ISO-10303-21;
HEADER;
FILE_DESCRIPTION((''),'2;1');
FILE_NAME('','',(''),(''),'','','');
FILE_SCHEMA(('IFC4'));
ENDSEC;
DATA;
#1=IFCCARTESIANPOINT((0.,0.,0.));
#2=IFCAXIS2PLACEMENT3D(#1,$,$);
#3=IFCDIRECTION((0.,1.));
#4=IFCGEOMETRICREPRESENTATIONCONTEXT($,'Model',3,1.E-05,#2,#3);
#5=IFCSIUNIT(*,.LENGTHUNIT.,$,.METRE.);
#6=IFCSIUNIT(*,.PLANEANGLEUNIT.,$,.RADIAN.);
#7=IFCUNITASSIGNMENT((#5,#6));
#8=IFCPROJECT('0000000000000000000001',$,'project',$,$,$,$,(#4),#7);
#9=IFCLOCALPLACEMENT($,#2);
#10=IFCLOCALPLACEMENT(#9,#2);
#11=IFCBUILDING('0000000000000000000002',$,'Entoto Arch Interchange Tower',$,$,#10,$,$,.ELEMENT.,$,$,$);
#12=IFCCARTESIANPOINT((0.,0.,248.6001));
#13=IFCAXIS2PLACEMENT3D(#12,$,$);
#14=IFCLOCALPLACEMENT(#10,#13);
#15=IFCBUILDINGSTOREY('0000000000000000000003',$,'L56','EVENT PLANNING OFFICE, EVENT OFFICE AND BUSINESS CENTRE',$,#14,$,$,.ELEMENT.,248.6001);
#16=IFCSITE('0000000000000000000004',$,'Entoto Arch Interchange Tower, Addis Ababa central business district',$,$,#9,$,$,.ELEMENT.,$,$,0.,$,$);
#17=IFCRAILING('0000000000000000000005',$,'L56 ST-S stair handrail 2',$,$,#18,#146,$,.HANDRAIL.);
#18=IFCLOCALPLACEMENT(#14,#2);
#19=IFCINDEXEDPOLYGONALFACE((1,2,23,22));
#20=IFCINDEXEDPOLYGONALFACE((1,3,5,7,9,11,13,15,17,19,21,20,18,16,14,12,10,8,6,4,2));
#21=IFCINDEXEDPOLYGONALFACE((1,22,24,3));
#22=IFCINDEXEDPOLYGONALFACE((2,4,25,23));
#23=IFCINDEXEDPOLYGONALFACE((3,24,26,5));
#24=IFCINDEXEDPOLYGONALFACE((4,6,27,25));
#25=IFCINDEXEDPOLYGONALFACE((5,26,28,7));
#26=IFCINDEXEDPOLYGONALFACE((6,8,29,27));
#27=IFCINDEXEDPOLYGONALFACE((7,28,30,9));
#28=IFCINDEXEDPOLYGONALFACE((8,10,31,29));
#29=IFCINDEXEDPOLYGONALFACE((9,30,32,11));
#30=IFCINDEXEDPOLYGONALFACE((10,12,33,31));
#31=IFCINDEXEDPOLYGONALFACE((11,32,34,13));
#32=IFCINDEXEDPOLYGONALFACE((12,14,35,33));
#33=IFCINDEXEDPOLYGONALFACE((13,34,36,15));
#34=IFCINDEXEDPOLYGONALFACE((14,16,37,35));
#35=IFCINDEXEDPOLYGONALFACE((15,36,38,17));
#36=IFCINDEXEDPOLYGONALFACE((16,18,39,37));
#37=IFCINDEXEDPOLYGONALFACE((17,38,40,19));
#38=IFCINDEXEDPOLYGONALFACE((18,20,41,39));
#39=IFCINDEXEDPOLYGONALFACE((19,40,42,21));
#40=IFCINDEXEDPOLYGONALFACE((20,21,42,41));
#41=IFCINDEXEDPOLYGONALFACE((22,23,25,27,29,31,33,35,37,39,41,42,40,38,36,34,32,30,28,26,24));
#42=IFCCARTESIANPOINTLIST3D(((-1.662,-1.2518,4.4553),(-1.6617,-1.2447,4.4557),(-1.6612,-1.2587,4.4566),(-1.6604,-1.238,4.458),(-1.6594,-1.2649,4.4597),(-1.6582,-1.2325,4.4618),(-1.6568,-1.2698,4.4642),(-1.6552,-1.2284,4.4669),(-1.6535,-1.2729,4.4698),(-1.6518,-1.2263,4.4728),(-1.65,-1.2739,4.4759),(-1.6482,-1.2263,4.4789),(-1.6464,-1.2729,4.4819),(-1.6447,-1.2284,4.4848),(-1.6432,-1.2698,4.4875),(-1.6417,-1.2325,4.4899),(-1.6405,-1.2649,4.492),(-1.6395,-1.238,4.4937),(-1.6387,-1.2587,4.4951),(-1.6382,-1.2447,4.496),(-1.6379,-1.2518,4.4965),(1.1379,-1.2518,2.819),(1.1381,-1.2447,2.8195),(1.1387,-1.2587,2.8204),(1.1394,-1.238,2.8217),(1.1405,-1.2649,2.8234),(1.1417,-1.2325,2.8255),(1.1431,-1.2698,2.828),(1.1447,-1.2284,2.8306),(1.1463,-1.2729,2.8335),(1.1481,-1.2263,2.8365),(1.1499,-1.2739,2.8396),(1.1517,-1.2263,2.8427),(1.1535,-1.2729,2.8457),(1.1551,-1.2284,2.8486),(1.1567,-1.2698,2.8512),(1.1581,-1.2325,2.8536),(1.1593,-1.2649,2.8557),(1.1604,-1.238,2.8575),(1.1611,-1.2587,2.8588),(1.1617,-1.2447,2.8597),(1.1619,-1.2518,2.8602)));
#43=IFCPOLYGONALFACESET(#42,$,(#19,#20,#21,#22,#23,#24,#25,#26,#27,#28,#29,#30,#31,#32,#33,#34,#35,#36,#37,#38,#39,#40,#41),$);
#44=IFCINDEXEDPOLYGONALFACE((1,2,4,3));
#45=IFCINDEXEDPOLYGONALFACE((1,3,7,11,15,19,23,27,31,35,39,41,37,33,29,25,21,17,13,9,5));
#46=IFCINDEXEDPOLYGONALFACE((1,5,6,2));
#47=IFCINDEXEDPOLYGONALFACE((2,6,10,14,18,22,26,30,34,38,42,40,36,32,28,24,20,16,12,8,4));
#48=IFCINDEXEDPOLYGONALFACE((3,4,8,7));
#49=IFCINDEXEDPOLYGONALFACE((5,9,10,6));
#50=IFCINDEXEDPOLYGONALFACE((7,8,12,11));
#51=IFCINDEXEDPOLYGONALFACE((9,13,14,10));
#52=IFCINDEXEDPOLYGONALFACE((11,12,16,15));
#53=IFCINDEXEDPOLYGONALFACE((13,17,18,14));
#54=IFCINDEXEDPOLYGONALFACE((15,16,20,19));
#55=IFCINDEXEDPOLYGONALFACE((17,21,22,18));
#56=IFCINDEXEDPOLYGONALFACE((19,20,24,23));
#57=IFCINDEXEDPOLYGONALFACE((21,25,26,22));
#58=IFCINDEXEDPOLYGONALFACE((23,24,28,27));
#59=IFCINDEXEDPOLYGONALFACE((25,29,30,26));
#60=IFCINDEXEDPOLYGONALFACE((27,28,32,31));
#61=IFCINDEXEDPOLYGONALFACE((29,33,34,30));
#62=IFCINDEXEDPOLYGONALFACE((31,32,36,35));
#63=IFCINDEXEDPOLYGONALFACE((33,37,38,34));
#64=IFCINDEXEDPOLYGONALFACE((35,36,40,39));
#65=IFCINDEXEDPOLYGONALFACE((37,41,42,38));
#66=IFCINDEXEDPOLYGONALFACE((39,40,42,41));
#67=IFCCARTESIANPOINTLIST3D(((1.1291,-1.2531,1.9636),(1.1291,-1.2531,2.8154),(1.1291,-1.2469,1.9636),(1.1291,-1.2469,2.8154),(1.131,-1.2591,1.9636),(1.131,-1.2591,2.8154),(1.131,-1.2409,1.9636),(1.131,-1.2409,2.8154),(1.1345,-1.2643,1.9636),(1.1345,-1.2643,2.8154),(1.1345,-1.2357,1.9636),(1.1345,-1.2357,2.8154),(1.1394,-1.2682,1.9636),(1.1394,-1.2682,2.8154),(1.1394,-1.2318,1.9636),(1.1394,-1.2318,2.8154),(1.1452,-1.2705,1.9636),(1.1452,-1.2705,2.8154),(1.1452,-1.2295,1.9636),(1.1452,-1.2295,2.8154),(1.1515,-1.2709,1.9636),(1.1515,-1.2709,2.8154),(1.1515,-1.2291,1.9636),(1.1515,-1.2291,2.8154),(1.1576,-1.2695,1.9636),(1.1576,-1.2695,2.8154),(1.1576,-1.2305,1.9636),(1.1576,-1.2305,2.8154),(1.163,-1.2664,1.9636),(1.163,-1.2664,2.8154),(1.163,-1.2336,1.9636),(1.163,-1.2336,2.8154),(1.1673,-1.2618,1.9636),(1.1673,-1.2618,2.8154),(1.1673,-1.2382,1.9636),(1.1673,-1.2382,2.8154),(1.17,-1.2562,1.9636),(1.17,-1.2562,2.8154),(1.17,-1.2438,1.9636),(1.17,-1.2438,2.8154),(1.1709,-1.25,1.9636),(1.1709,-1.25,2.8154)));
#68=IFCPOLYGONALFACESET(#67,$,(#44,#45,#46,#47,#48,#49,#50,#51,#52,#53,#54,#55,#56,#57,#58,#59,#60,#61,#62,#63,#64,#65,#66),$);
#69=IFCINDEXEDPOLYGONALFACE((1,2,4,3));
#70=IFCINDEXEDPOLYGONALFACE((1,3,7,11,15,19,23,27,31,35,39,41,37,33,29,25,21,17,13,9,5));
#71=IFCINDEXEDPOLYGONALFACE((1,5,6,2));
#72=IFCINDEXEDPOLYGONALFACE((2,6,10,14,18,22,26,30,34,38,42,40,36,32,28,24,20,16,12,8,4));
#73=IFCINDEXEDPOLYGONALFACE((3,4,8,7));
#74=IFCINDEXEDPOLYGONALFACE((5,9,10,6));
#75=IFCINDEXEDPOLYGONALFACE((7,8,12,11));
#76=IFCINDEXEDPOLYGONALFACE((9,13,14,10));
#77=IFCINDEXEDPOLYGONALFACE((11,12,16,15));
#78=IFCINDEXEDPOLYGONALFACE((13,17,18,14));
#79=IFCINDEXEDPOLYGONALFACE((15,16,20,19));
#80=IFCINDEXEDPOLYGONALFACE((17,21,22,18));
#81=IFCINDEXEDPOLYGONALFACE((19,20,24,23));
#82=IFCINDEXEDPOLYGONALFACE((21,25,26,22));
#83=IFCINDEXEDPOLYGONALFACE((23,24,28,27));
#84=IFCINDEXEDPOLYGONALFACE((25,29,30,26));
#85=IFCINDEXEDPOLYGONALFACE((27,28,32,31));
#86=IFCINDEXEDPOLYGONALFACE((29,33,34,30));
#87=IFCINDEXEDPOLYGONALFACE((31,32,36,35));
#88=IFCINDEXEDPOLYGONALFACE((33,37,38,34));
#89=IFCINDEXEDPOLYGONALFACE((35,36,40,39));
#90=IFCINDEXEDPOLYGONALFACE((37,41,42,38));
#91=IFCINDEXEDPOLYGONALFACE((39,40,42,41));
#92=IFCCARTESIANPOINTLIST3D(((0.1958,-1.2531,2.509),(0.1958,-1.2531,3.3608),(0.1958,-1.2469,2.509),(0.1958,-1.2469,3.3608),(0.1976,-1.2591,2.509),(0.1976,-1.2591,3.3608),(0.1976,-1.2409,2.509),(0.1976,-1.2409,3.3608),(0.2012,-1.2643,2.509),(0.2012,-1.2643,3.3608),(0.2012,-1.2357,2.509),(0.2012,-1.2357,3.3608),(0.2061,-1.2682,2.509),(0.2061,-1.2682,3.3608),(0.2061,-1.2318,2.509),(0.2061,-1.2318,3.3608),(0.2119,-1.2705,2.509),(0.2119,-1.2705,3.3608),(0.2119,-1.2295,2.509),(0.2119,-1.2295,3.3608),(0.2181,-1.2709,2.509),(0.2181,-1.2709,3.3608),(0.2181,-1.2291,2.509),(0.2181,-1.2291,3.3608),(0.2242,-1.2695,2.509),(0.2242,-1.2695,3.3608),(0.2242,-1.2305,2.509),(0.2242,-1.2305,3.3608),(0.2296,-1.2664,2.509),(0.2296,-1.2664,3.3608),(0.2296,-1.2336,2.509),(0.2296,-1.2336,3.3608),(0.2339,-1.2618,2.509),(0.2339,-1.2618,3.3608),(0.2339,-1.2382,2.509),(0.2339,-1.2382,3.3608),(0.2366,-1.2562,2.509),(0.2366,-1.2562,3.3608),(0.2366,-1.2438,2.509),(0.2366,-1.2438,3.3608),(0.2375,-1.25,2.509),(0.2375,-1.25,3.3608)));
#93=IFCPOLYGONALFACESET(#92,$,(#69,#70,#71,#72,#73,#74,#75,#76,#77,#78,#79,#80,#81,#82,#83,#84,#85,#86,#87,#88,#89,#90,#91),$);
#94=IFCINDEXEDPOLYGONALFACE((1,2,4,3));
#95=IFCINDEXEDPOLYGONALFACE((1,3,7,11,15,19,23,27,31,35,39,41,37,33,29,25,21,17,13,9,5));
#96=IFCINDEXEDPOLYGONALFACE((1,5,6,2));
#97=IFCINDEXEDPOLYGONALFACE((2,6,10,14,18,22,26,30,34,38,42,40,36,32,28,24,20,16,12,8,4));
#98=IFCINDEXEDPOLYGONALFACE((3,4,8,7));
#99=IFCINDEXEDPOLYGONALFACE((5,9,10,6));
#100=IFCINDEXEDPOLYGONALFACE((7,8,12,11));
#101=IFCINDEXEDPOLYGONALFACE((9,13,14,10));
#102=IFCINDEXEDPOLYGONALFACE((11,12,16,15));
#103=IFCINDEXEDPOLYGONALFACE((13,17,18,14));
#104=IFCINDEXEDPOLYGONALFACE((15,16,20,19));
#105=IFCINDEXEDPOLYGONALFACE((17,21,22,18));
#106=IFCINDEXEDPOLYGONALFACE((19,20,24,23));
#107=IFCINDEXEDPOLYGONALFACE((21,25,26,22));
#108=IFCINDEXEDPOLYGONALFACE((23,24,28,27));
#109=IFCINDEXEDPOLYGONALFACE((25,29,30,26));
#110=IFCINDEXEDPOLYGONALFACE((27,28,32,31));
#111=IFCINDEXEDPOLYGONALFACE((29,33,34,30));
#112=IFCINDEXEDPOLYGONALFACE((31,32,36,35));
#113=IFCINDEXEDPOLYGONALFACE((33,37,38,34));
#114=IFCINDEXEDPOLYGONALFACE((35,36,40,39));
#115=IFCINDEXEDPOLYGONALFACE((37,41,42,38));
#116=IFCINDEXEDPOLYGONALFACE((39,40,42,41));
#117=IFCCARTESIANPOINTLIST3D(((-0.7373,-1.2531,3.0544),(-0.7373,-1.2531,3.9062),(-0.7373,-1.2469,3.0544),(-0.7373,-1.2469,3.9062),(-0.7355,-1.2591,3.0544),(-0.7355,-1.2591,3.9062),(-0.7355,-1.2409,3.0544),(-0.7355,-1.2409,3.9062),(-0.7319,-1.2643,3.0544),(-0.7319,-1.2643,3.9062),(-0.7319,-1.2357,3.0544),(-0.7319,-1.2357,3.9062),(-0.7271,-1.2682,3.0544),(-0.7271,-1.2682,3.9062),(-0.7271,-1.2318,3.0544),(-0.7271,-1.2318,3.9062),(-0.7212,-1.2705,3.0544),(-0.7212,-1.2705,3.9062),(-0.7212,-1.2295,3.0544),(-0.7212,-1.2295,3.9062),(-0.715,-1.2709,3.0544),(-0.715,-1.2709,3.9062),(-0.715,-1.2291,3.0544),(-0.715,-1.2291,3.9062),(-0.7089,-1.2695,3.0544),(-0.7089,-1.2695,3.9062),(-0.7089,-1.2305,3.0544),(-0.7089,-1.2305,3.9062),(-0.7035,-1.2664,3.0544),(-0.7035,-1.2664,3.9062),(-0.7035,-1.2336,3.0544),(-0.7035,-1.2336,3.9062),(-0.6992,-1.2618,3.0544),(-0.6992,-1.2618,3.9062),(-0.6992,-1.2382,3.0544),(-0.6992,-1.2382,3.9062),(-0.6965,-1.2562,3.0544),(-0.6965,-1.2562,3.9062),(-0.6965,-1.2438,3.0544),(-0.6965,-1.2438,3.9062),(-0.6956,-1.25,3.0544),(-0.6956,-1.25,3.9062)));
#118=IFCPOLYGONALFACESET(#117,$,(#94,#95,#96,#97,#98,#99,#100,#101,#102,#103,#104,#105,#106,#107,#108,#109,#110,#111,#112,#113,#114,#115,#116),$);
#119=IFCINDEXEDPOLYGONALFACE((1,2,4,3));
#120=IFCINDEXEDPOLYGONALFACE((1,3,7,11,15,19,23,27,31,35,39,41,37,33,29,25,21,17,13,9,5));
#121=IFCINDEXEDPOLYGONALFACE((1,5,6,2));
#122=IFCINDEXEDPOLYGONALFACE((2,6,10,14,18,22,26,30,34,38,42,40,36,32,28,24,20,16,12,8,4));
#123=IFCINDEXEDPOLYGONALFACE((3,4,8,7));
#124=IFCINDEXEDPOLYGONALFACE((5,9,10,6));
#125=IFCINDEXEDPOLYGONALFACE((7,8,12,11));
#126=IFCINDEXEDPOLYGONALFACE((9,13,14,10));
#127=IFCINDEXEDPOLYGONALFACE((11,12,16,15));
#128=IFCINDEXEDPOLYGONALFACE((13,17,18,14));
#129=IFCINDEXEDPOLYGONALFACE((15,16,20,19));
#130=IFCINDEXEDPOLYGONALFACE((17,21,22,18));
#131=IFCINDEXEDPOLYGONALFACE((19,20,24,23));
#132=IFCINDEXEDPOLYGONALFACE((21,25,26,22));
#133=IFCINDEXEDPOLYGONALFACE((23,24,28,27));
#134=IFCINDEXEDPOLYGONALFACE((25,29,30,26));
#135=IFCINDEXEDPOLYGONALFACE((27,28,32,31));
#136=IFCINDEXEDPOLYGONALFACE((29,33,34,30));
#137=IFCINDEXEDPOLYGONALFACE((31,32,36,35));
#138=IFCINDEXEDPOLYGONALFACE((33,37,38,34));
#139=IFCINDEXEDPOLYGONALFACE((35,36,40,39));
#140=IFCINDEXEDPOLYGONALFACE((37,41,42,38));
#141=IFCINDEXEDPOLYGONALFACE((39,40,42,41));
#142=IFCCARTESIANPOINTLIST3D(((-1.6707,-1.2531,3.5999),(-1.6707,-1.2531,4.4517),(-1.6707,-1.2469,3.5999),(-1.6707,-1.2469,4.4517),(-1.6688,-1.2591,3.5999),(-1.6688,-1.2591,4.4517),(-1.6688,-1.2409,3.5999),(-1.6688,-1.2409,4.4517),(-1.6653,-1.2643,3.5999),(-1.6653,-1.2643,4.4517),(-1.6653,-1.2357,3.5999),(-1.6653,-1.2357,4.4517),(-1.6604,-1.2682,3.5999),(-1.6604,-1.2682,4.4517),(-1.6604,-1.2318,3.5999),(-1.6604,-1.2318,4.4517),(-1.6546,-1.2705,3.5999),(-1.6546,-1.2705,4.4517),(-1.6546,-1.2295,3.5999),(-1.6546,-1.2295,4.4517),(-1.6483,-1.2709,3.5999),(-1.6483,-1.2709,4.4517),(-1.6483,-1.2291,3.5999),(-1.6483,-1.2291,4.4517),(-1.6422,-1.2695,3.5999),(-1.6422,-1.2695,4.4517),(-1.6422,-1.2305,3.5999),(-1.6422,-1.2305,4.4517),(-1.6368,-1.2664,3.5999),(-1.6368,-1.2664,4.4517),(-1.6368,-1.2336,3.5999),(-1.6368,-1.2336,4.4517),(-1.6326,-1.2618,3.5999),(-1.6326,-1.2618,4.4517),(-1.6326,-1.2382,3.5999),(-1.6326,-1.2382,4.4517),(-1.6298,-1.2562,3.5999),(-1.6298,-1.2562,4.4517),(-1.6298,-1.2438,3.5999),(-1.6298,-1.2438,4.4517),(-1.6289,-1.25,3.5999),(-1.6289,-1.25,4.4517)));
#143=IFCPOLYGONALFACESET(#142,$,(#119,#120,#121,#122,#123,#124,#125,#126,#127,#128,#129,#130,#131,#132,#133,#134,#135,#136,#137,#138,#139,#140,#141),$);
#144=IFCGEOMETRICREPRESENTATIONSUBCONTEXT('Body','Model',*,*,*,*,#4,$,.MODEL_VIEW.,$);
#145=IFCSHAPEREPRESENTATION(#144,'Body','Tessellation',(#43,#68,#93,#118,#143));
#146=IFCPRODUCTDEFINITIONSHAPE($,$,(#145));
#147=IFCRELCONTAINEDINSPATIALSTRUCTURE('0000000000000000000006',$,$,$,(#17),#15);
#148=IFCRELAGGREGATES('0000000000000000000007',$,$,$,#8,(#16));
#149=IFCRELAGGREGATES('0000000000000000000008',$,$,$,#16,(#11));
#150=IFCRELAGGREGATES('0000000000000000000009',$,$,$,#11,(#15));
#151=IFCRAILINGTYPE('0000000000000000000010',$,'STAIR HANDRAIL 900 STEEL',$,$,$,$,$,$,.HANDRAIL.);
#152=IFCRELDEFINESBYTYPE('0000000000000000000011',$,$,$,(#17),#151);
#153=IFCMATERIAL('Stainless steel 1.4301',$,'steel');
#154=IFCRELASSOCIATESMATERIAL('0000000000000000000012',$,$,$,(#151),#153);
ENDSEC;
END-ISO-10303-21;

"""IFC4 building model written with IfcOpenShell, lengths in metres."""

from ifc_helpers import new_model, si_unit, direction, frame, origin, origin_2d, place, context, subcontext, project, spatial, circle, extrude, material, type_object, element, save


model = new_model("IFC4")

# Units and contexts
model_context = context("Model", 3, precision=1e-05, world=origin(), true_north=direction((0.0, 1.0)))
body_context = subcontext(model_context, "Body", "Model", "MODEL_VIEW")
ifc_project = project(units=[si_unit("LENGTHUNIT", "METRE"), si_unit("PLANEANGLEUNIT", "RADIAN")], contexts=[model_context])

# Site, building, storey
site_placement = place(None, origin())
site = spatial("IfcSite", under=ifc_project, at=site_placement, Name="Entoto Arch Interchange Tower, Addis Ababa central business district", CompositionType="ELEMENT", RefElevation=0.0)
building_placement = place(site_placement, origin())
building = spatial("IfcBuilding", under=site, at=building_placement, Name="Entoto Arch Interchange Tower", CompositionType="ELEMENT")
storey_placement = place(building_placement, frame((0.0, 0.0, 248.6001)))
storey = spatial("IfcBuildingStorey", under=building, at=storey_placement, Name="L56", Description="EVENT PLANNING OFFICE, EVENT OFFICE AND BUSINESS CENTRE", CompositionType="ELEMENT", Elevation=248.6001)

# Railing
ifc_material_1 = material(Name="Stainless steel 1.4301", Category="steel")
railing_type_1 = type_object("IfcRailingType", Name="STAIR HANDRAIL 900 STEEL", PredefinedType="HANDRAIL", material=ifc_material_1)
railing_1_placement = place(storey_placement, frame((1.1499, -1.25, 1.9636)))
element("IfcRailing", 1, at=railing_1_placement, inside=storey, type_object=railing_type_1, Name="L56 ST-S stair handrail 2", PredefinedType="HANDRAIL", context=body_context, shape_type="SweptSolid", body=[
    extrude(circle(Radius=0.0239, at=origin_2d()), frame((0.0, 0.0, 0.876), z_axis=(-0.863374, 0.0, 0.504564), x_axis=(0.0, -1.0, 0.0)), (0.0, 0.0, 1.0), 3.2429),
    extrude(circle(Radius=0.021, at=origin_2d()), origin(), (0.0, 0.0, 1.0), 0.8518),
    extrude(circle(Radius=0.021, at=origin_2d()), frame((-0.9333, 0.0, 0.5454)), (0.0, 0.0, 1.0), 0.8518),
    extrude(circle(Radius=0.021, at=origin_2d()), frame((-1.8665, 0.0, 1.0908)), (0.0, 0.0, 1.0), 0.8518),
    extrude(circle(Radius=0.021, at=origin_2d()), frame((-2.7998, 0.0, 1.6362)), (0.0, 0.0, 1.0), 0.8518),
])

save(model, "model.ifc")
